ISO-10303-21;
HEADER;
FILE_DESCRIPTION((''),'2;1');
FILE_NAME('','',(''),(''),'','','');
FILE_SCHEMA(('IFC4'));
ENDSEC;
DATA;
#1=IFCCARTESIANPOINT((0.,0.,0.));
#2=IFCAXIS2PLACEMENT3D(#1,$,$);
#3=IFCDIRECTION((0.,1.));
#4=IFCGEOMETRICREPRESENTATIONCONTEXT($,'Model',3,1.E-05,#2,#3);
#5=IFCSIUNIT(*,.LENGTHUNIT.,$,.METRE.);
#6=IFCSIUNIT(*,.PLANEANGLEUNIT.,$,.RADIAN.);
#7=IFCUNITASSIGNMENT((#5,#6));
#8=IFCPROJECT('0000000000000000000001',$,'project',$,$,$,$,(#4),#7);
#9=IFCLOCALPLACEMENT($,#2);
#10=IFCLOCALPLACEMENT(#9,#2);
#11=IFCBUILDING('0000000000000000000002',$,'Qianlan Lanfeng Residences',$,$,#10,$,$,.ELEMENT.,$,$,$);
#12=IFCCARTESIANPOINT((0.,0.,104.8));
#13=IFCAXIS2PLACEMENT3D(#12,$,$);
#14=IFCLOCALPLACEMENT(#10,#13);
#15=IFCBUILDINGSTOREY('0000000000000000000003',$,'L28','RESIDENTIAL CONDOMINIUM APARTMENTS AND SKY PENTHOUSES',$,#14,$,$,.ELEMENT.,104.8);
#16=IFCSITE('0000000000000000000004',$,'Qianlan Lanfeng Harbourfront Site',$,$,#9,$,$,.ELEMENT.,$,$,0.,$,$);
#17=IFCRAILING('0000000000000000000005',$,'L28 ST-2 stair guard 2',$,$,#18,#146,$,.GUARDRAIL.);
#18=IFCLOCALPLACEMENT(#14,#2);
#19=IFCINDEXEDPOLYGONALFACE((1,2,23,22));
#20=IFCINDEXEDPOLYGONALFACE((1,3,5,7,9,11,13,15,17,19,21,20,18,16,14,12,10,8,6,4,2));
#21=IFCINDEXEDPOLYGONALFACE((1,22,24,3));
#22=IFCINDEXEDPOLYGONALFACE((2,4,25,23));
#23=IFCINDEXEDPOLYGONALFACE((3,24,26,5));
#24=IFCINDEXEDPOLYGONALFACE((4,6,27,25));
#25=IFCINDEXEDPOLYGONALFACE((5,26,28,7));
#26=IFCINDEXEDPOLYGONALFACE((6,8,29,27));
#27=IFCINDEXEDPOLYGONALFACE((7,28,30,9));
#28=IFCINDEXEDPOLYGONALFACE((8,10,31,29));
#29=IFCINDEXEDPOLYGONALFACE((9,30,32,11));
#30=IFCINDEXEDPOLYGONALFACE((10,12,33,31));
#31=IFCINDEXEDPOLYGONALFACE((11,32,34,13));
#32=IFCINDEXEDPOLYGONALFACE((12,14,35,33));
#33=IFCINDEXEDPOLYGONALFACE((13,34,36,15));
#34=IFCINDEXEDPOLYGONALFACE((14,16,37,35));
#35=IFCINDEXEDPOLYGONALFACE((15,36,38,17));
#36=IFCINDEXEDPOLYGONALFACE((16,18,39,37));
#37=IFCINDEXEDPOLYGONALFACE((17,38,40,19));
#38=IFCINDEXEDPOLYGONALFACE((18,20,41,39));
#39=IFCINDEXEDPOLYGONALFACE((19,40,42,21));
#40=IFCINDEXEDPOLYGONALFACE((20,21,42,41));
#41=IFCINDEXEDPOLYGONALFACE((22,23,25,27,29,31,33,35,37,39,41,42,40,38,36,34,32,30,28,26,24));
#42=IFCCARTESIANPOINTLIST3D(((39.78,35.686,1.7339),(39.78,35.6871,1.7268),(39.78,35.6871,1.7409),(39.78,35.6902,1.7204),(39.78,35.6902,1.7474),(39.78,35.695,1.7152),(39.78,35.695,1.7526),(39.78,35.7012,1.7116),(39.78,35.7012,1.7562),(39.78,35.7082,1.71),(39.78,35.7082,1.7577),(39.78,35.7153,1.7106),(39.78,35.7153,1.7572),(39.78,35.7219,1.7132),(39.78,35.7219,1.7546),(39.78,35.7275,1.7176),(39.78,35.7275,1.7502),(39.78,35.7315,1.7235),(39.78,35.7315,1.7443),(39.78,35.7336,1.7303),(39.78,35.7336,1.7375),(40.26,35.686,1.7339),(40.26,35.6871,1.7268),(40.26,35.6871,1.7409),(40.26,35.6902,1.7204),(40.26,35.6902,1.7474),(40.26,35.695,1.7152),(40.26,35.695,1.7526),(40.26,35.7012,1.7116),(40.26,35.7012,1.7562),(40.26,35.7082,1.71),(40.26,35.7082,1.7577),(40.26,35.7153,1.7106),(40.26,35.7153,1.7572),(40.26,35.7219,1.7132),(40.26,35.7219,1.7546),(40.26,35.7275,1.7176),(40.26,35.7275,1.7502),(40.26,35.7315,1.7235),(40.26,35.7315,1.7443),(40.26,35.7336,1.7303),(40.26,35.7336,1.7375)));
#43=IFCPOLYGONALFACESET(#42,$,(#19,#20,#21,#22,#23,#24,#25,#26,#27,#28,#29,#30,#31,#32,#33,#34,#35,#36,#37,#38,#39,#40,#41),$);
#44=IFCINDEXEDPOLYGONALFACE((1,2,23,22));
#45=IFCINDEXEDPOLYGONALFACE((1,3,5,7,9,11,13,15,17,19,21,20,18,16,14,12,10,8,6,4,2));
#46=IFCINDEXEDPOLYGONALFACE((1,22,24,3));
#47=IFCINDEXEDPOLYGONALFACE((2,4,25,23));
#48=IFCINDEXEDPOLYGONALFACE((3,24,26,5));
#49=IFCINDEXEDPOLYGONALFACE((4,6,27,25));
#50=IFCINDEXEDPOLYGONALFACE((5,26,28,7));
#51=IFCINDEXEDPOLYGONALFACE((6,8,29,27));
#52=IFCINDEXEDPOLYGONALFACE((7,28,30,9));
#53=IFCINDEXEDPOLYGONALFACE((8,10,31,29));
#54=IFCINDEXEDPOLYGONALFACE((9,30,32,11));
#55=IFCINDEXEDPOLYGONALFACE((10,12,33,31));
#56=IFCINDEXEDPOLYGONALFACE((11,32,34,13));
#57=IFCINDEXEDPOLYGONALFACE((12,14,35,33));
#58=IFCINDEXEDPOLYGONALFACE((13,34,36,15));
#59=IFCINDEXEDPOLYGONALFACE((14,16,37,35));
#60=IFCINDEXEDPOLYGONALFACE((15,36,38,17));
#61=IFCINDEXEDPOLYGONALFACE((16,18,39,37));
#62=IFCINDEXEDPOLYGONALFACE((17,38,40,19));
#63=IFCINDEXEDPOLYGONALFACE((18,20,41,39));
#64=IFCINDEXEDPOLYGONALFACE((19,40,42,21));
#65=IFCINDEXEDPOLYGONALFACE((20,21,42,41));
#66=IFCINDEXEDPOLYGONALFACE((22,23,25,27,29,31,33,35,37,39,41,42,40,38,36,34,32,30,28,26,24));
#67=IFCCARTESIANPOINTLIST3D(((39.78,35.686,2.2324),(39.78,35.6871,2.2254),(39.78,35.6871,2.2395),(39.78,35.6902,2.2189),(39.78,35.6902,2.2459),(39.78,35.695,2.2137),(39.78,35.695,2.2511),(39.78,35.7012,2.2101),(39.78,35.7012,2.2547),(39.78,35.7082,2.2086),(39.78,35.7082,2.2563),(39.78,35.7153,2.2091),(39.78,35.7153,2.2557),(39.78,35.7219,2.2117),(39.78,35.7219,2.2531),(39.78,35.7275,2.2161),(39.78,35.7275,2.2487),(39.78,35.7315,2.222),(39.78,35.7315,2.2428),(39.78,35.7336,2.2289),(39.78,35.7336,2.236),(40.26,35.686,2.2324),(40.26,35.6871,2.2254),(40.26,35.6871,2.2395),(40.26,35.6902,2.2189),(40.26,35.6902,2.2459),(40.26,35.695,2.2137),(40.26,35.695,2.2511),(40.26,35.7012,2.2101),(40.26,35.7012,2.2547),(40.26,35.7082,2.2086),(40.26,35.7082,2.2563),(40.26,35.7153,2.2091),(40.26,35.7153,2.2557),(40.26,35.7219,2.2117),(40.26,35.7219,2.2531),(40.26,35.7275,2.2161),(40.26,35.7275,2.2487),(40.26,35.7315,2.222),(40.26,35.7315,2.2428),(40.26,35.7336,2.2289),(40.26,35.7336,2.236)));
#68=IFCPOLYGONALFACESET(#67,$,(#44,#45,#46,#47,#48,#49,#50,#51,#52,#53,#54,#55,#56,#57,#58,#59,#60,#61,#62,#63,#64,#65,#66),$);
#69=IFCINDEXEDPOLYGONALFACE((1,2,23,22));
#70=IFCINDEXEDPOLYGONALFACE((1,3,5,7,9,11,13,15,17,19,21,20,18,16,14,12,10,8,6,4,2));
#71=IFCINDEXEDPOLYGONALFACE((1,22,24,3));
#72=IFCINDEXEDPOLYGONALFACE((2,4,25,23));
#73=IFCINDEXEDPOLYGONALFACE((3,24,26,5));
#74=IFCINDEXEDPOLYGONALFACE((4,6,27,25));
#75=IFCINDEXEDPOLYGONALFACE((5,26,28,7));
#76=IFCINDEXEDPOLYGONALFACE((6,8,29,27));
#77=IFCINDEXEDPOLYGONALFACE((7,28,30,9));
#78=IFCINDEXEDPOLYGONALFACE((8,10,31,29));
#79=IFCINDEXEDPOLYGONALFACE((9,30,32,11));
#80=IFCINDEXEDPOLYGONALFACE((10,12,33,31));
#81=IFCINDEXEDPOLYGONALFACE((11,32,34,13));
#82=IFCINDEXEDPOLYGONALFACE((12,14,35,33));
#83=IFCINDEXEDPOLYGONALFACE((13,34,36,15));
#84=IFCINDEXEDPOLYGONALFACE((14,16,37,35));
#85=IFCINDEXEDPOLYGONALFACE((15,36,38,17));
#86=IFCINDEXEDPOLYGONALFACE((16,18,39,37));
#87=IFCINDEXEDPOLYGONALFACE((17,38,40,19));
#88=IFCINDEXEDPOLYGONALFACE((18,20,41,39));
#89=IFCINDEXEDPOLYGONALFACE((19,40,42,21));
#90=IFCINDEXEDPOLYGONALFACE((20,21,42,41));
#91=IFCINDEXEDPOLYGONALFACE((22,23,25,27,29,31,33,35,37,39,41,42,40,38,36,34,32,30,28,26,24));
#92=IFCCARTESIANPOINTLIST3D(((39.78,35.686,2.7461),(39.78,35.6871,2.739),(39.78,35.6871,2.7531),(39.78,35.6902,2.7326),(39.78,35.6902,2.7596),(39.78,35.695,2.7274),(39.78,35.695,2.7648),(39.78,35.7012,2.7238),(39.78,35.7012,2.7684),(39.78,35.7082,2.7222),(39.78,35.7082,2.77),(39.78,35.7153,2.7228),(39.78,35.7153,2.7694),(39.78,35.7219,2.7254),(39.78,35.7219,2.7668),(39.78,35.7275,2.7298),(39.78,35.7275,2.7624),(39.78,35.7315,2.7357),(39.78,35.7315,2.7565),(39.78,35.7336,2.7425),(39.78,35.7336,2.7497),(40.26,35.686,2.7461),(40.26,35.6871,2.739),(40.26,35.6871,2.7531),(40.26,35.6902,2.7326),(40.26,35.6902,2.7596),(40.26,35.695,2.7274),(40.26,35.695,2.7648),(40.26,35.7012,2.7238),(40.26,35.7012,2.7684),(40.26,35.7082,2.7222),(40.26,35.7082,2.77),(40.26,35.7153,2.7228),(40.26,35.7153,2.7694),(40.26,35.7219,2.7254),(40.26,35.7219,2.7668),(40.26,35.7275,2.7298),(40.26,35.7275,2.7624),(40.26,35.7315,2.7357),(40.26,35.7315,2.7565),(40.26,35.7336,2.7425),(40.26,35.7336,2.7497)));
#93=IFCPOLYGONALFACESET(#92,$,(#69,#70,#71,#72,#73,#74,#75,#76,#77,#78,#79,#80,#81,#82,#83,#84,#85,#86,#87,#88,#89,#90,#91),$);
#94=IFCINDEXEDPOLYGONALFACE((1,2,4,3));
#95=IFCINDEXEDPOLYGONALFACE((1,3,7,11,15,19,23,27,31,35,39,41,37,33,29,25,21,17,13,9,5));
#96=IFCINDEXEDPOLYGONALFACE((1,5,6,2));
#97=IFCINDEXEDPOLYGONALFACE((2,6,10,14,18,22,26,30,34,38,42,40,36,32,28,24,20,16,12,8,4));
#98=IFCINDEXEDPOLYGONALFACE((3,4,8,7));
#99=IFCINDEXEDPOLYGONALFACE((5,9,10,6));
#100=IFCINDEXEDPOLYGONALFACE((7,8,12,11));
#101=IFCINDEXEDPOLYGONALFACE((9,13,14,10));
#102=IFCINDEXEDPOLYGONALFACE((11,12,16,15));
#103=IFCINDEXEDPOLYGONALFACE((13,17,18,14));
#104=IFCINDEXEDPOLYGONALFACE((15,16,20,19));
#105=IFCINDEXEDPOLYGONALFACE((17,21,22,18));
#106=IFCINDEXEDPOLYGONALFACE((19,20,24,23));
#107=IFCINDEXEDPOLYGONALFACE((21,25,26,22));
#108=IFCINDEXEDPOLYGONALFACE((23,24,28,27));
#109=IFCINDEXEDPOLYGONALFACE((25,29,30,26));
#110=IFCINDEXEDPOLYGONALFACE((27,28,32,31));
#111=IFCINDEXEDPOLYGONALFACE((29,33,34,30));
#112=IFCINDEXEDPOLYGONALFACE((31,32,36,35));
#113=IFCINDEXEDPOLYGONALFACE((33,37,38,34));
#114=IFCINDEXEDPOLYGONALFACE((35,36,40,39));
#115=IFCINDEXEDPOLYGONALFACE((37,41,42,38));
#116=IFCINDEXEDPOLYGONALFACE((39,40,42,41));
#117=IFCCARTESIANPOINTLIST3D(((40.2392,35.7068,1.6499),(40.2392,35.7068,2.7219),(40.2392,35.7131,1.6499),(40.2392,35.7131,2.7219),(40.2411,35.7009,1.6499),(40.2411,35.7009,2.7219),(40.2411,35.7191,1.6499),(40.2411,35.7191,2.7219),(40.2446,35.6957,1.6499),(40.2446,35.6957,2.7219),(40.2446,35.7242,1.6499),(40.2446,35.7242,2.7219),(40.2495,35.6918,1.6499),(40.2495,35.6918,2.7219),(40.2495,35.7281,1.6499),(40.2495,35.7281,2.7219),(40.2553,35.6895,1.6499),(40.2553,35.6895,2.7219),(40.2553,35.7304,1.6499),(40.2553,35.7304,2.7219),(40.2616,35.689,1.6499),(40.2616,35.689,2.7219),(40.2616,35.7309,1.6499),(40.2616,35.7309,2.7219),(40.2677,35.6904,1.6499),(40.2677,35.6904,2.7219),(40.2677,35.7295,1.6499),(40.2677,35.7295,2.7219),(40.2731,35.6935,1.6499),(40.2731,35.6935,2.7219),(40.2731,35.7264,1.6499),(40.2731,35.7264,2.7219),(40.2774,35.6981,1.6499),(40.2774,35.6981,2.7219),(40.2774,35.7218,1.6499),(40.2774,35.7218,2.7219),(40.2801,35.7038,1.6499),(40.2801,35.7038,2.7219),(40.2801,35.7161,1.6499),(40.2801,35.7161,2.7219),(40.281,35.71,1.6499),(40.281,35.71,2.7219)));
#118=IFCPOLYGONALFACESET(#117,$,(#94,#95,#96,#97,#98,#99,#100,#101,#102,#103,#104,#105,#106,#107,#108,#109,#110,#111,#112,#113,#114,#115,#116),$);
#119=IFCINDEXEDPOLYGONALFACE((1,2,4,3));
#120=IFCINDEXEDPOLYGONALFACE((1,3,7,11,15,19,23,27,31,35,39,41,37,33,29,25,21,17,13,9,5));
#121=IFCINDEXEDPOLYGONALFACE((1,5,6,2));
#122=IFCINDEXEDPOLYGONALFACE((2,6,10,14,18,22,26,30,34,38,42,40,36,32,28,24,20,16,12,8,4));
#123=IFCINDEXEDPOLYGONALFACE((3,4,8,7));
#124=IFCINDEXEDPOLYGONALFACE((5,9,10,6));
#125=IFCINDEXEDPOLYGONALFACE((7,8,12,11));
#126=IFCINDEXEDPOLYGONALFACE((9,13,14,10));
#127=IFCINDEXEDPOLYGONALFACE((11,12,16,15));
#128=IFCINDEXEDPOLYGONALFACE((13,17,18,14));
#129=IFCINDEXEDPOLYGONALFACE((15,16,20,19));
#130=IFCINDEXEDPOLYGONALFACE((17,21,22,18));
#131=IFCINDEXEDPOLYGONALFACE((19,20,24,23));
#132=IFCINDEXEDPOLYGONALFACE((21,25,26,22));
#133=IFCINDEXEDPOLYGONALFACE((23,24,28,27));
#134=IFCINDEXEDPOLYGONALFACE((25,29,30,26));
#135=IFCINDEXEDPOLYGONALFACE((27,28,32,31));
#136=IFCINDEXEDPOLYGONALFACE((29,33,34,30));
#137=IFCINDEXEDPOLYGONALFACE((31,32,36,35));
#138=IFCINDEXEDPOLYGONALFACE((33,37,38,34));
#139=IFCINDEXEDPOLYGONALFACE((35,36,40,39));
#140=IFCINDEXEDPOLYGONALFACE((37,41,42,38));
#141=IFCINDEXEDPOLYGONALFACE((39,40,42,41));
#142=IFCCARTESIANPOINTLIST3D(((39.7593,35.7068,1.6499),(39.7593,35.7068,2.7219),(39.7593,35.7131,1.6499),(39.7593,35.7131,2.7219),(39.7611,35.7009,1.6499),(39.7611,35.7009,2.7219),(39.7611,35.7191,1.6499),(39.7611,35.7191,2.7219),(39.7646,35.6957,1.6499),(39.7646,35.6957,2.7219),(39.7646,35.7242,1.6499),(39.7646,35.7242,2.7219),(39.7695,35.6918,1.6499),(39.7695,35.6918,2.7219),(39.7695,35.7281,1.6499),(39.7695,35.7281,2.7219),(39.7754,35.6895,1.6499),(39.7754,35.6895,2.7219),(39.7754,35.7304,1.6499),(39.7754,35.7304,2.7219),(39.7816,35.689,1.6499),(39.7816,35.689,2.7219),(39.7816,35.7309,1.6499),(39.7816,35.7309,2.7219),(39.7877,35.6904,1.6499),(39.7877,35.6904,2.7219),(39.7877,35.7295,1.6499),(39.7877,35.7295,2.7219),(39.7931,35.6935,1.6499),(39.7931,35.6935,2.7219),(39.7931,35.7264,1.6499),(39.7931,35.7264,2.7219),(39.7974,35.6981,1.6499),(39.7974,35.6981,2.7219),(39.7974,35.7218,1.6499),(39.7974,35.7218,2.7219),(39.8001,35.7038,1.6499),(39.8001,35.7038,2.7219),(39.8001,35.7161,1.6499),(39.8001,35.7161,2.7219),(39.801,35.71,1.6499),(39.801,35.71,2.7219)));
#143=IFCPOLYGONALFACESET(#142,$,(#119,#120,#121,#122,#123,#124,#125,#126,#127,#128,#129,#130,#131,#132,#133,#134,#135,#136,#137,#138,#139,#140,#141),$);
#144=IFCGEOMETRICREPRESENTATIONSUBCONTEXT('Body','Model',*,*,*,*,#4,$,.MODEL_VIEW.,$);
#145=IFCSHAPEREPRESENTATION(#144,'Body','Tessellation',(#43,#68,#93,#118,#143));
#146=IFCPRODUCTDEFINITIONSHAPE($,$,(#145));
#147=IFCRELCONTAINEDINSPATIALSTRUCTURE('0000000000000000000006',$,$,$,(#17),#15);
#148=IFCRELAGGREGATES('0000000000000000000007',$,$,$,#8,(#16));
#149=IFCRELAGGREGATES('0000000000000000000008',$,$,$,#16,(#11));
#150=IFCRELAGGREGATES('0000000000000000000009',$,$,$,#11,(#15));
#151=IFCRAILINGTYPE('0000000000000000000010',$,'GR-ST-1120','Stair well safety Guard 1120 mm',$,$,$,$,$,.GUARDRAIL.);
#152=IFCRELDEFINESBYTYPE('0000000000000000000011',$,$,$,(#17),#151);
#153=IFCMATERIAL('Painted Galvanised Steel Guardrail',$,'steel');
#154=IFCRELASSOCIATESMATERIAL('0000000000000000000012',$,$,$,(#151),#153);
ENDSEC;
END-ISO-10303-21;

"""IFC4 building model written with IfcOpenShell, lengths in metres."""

from ifc_helpers import new_model, si_unit, direction, frame, origin, origin_2d, place, context, subcontext, project, spatial, circle, extrude, material, type_object, element, save


model = new_model("IFC4")

# Units and contexts
model_context = context("Model", 3, precision=1e-05, world=origin(), true_north=direction((0.0, 1.0)))
body_context = subcontext(model_context, "Body", "Model", "MODEL_VIEW")
ifc_project = project(units=[si_unit("LENGTHUNIT", "METRE"), si_unit("PLANEANGLEUNIT", "RADIAN")], contexts=[model_context])

# Site, building, storey
site_placement = place(None, origin())
site = spatial("IfcSite", under=ifc_project, at=site_placement, Name="Qianlan Lanfeng Harbourfront Site", CompositionType="ELEMENT", RefElevation=0.0)
building_placement = place(site_placement, origin())
building = spatial("IfcBuilding", under=site, at=building_placement, Name="Qianlan Lanfeng Residences", CompositionType="ELEMENT")
storey_placement = place(building_placement, frame((0.0, 0.0, 104.8)))
storey = spatial("IfcBuildingStorey", under=building, at=storey_placement, Name="L28", Description="RESIDENTIAL CONDOMINIUM APARTMENTS AND SKY PENTHOUSES", CompositionType="ELEMENT", Elevation=104.8)

# Railing
ifc_material_1 = material(Name="Painted Galvanised Steel Guardrail", Category="steel")
railing_type_1 = type_object("IfcRailingType", Name="GR-ST-1120", Description="Stair well safety Guard 1120 mm", PredefinedType="GUARDRAIL", material=ifc_material_1)
railing_1_placement = place(storey_placement, frame((40.26, 35.71, 1.6499)))
element("IfcRailing", 1, at=railing_1_placement, inside=storey, type_object=railing_type_1, Name="L28 ST-2 stair guard 2", PredefinedType="GUARDRAIL", context=body_context, shape_type="SweptSolid", body=[
    extrude(circle(Radius=0.0239, at=origin_2d()), frame((0.0, 0.0, 0.084), z_axis=(-1.0, 0.0, 0.0), x_axis=(0.0, -1.0, 0.0)), (0.0, 0.0, 1.0), 0.48),
    extrude(circle(Radius=0.0239, at=origin_2d()), frame((0.0, 0.0, 0.5825), z_axis=(-1.0, 0.0, 0.0), x_axis=(0.0, -1.0, 0.0)), (0.0, 0.0, 1.0), 0.48),
    extrude(circle(Radius=0.0239, at=origin_2d()), frame((0.0, 0.0, 1.0962), z_axis=(-1.0, 0.0, 0.0), x_axis=(0.0, -1.0, 0.0)), (0.0, 0.0, 1.0), 0.48),
    extrude(circle(Radius=0.021, at=origin_2d()), origin(), (0.0, 0.0, 1.0), 1.072),
    extrude(circle(Radius=0.021, at=origin_2d()), frame((-0.48, 0.0, 0.0)), (0.0, 0.0, 1.0), 1.072),
])

save(model, "model.ifc")
